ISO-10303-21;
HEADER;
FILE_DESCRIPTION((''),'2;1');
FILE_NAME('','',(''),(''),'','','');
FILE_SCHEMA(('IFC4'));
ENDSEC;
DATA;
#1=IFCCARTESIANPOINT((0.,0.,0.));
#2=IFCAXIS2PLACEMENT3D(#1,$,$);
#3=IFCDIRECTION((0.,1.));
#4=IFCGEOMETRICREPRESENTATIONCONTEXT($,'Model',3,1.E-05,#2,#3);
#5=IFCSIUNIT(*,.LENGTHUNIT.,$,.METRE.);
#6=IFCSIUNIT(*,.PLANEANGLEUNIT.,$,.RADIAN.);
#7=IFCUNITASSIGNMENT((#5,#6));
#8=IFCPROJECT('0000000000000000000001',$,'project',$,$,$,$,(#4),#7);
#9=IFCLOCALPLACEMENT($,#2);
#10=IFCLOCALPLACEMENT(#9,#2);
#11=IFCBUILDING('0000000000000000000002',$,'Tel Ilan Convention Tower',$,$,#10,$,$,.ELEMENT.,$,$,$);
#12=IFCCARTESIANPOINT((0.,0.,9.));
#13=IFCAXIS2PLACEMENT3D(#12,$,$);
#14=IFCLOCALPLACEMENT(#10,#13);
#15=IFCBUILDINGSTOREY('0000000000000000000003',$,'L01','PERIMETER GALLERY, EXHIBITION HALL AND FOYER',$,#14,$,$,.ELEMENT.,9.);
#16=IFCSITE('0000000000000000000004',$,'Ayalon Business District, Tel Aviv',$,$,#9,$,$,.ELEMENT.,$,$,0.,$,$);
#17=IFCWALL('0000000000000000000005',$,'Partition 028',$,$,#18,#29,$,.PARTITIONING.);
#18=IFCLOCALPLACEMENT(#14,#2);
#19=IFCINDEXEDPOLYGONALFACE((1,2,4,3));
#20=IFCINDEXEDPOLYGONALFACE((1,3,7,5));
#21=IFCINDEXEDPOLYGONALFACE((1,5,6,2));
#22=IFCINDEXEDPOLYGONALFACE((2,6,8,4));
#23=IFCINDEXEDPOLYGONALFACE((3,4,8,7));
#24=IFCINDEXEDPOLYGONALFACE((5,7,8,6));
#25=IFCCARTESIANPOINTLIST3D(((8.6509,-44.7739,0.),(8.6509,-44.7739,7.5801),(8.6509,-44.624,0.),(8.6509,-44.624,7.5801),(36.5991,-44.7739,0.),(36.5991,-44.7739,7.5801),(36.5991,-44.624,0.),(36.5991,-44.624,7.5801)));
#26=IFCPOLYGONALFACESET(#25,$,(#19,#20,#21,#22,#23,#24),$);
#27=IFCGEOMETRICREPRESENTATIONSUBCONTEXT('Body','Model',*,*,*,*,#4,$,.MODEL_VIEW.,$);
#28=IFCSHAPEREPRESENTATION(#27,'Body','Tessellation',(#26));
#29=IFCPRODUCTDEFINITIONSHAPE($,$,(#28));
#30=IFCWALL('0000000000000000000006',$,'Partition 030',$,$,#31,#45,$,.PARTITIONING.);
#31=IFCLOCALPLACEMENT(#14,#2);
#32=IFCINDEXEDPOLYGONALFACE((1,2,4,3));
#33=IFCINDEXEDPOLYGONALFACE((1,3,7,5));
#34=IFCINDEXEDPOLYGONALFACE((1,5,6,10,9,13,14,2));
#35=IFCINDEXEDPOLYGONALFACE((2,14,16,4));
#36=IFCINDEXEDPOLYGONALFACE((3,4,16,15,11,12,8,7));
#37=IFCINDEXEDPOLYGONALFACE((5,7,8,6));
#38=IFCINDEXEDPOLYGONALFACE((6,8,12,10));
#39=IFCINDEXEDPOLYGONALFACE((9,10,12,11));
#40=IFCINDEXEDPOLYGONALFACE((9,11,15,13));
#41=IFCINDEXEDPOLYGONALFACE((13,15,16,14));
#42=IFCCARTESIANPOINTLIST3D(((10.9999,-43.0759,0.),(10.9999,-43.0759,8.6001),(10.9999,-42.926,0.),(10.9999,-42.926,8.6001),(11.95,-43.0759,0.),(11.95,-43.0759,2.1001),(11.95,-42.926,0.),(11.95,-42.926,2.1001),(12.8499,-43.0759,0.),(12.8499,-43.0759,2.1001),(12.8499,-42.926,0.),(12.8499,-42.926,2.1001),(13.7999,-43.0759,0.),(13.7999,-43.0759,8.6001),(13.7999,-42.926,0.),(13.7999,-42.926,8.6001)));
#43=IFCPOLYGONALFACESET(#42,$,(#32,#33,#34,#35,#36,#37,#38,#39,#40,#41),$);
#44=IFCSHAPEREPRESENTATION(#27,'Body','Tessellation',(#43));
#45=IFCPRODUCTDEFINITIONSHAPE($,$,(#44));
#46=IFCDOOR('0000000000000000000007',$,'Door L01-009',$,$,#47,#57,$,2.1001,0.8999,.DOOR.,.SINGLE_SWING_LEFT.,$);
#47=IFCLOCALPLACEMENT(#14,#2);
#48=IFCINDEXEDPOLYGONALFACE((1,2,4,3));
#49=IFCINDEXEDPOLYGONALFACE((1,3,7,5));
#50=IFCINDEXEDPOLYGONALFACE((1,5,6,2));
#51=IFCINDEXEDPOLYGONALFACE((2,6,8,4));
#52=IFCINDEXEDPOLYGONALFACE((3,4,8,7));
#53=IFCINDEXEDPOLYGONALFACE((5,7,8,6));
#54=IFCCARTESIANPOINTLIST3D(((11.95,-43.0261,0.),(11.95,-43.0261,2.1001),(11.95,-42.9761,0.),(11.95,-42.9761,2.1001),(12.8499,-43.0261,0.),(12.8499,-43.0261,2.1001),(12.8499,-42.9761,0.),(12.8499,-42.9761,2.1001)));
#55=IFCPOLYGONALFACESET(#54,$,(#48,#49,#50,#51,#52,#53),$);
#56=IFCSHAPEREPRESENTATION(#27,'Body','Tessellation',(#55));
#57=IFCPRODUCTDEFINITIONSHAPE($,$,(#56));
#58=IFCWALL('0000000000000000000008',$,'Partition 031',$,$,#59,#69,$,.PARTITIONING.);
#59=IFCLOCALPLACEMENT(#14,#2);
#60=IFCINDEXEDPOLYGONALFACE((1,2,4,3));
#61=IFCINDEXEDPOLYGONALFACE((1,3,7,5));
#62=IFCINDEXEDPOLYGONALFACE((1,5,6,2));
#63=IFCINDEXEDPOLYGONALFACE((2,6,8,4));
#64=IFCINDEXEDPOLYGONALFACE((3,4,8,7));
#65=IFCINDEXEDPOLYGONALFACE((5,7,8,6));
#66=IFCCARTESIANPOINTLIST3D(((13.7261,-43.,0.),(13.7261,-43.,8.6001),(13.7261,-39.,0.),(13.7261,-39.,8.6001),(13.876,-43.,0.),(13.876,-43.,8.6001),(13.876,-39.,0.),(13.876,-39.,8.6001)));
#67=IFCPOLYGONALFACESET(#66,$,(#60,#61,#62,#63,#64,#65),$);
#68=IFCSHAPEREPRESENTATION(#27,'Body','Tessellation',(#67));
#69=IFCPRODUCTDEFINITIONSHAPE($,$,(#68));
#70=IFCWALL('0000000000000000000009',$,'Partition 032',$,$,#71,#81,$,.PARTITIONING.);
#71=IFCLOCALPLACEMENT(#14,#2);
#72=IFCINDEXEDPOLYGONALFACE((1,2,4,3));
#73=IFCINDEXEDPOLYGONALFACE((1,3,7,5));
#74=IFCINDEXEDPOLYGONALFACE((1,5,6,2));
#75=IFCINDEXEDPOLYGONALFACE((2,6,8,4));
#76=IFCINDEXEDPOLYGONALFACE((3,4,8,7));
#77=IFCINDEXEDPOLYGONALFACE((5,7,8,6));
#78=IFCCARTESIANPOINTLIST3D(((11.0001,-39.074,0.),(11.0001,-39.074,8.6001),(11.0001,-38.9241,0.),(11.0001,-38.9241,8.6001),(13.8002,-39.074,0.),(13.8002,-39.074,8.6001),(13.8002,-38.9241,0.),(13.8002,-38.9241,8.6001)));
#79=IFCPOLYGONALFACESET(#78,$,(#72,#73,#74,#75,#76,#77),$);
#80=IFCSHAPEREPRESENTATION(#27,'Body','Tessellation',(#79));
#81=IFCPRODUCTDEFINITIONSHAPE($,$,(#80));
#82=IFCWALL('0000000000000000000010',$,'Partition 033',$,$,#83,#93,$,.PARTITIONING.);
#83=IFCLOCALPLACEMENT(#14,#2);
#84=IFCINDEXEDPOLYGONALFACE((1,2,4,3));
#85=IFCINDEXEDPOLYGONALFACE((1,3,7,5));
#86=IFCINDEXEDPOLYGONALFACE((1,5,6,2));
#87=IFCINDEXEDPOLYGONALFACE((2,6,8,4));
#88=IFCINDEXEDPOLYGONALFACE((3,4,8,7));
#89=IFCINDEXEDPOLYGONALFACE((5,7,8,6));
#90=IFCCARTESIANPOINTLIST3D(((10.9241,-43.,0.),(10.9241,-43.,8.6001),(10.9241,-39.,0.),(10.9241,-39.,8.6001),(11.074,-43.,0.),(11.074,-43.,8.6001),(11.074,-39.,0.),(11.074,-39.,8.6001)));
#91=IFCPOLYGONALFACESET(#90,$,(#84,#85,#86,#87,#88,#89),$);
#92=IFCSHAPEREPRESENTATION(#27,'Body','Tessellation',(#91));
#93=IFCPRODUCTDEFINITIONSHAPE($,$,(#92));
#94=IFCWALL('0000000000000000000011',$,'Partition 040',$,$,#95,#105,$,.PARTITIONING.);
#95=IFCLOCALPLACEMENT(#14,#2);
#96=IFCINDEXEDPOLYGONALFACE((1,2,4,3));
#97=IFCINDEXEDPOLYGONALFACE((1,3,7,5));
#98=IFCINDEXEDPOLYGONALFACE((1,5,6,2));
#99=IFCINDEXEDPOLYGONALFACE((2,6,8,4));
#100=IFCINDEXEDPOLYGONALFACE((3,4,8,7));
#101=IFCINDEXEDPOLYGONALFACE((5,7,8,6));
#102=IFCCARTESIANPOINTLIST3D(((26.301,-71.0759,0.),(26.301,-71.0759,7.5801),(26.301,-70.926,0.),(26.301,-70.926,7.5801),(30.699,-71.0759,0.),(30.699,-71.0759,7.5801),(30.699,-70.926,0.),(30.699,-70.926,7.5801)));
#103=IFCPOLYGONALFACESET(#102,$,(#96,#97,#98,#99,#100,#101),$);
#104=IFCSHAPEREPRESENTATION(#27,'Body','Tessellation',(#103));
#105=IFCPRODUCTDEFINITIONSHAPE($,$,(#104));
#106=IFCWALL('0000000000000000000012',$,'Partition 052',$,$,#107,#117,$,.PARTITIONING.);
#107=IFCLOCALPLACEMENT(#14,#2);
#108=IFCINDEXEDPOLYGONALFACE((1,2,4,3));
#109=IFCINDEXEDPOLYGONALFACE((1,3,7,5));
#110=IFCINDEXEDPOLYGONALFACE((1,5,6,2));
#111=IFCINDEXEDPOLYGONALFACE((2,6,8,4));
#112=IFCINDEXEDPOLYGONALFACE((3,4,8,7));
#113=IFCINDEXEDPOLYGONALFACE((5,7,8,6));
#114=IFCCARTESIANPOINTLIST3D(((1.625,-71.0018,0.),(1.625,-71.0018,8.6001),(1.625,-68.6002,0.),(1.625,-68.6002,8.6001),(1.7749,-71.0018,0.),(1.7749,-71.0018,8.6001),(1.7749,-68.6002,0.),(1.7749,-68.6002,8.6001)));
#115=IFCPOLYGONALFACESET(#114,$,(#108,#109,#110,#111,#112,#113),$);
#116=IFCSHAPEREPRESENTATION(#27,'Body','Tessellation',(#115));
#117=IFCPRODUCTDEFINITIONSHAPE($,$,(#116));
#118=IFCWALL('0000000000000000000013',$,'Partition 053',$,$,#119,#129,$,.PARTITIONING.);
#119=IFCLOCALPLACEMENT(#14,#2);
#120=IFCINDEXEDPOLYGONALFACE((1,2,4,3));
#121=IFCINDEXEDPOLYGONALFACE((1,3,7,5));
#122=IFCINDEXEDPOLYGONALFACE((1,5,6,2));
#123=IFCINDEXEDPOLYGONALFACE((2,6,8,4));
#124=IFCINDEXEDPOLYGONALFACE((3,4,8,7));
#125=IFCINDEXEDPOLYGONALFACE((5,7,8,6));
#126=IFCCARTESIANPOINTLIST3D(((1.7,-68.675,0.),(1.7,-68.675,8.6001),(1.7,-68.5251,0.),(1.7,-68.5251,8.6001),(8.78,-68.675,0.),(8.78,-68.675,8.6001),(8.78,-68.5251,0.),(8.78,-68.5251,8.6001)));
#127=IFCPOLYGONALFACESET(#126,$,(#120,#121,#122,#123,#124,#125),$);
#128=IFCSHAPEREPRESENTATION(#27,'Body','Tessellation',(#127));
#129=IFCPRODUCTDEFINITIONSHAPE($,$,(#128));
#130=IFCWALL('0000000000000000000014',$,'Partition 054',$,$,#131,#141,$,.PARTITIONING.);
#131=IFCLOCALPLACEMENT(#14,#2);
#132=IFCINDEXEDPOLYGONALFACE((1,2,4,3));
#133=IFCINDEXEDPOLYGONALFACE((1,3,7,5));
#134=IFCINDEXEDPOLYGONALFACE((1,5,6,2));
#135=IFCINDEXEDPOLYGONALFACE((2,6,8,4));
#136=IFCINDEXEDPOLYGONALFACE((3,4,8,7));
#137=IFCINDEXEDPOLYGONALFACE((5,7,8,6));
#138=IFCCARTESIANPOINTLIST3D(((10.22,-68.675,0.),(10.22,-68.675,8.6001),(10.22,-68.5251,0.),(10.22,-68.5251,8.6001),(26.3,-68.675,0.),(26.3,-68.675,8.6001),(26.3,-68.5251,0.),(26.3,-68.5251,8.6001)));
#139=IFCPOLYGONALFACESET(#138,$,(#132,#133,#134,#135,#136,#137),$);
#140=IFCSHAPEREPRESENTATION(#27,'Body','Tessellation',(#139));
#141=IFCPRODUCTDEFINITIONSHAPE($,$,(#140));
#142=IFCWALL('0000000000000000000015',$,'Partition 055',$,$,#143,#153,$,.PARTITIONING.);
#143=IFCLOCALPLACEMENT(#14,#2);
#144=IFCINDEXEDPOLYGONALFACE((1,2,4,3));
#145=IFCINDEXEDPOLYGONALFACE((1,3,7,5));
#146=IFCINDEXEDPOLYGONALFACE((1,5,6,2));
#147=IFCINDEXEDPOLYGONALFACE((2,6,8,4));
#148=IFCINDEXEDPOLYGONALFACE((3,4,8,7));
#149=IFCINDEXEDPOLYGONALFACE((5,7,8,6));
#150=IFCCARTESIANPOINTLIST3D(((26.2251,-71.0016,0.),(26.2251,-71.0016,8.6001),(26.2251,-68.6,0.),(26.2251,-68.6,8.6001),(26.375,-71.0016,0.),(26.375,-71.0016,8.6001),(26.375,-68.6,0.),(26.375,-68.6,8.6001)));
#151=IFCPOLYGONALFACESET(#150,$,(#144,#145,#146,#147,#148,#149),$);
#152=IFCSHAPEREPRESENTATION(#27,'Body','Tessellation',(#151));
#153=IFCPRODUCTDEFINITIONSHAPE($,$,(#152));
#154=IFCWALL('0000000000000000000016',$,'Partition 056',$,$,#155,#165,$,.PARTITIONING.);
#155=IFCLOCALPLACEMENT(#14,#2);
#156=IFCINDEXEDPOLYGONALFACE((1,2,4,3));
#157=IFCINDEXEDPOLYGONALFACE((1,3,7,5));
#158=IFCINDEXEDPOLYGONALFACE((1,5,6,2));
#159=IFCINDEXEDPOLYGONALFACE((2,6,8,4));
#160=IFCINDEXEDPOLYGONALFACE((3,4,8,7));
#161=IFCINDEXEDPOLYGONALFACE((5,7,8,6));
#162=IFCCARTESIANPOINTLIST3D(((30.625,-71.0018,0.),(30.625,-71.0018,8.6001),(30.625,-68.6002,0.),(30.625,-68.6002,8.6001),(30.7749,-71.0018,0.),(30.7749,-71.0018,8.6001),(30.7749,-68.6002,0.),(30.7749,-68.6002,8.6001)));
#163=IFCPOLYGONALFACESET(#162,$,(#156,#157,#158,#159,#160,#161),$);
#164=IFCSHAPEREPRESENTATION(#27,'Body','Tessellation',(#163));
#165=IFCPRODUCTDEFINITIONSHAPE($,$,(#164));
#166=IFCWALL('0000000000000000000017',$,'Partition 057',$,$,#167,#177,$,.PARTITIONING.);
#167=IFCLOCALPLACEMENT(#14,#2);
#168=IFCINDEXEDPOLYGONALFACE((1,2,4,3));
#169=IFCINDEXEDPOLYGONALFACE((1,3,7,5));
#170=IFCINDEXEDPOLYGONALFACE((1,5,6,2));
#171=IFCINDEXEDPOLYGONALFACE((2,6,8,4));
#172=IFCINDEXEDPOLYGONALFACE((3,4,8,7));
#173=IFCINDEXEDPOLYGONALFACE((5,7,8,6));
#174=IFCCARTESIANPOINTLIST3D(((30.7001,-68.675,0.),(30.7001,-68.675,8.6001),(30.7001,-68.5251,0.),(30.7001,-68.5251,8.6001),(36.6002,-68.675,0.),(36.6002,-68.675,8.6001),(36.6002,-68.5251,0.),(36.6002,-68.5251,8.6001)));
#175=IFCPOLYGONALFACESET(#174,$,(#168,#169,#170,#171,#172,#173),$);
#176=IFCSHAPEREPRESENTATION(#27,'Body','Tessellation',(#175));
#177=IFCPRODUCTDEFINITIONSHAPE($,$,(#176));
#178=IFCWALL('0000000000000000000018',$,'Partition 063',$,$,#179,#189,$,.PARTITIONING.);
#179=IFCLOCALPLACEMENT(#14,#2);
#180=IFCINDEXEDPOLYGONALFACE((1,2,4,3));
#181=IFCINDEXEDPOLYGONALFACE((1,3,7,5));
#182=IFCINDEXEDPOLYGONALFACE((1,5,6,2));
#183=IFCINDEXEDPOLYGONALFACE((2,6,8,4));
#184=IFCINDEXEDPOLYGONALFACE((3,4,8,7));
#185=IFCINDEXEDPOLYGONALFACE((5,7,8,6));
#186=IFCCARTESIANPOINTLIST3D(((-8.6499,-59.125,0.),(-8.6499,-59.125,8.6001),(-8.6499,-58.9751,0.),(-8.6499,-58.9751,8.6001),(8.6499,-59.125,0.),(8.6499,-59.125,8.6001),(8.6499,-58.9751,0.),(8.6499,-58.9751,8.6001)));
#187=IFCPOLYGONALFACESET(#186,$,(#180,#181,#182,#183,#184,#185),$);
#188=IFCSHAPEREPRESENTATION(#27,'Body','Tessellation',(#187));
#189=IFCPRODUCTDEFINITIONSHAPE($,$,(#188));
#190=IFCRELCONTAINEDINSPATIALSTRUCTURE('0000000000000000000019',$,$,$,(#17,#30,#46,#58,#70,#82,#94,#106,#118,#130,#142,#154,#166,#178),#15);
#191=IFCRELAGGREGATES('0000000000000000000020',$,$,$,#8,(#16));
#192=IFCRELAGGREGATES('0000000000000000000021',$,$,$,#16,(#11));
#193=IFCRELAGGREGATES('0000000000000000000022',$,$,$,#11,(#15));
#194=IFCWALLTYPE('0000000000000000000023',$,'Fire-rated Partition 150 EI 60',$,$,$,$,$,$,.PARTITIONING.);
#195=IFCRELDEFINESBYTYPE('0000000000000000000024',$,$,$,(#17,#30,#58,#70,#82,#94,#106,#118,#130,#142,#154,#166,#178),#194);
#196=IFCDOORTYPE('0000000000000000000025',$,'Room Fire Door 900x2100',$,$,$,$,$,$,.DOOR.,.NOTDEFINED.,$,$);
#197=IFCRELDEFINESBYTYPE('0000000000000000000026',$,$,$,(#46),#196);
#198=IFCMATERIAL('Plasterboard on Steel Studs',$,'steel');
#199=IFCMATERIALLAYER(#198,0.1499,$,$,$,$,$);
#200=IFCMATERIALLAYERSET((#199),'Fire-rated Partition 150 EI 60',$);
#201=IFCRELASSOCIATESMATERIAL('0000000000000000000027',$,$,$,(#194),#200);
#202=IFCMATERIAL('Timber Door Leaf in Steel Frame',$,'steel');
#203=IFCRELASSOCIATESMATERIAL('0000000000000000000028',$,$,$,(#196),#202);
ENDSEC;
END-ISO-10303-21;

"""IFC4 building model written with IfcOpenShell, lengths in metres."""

from ifc_helpers import new_model, si_unit, direction, frame, frame_2d, origin, place, context, subcontext, project, spatial, rectangle, extrude, material, layer, layer_set, type_object, element, fill, save


model = new_model("IFC4")

# Units and contexts
model_context = context("Model", 3, precision=1e-05, world=origin(), true_north=direction((0.0, 1.0)))
body_context = subcontext(model_context, "Body", "Model", "MODEL_VIEW")
ifc_project = project(units=[si_unit("LENGTHUNIT", "METRE"), si_unit("PLANEANGLEUNIT", "RADIAN")], contexts=[model_context])

# Site, building, storey
site_placement = place(None, origin())
site = spatial("IfcSite", under=ifc_project, at=site_placement, Name="Ayalon Business District, Tel Aviv", CompositionType="ELEMENT", RefElevation=0.0)
building_placement = place(site_placement, origin())
building = spatial("IfcBuilding", under=site, at=building_placement, Name="Tel Ilan Convention Tower", CompositionType="ELEMENT")
storey_placement = place(building_placement, frame((0.0, 0.0, 9.0)))
storey = spatial("IfcBuildingStorey", under=building, at=storey_placement, Name="L01", Description="PERIMETER GALLERY, EXHIBITION HALL AND FOYER", CompositionType="ELEMENT", Elevation=9.0)

# Wall
ifc_material_1 = material(Name="Plasterboard on Steel Studs", Category="steel")
ifc_layer_1 = layer(ifc_material_1, 0.1499)
ifc_layer_set_1 = layer_set([ifc_layer_1], Name="Fire-rated Partition 150 EI 60")
wall_type_1 = type_object("IfcWallType", Name="Fire-rated Partition 150 EI 60", PredefinedType="PARTITIONING", material=ifc_layer_set_1)
wall_1_placement = place(storey_placement, frame((36.5991, -44.699, 0.0), z_axis=(0.0, 0.0, 1.0), x_axis=(-1.0, 0.0, 0.0)))
element("IfcWall", 1, at=wall_1_placement, inside=storey, type_object=wall_type_1, Name="Partition 028", PredefinedType="PARTITIONING", context=body_context, shape_type="SweptSolid", body=[
    extrude(rectangle(XDim=27.9482, YDim=0.1499, at=frame_2d((13.9741, 0.0))), origin(), (0.0, 0.0, 1.0), 7.5801),
])

# Wall, opening, door
wall_2_placement = place(storey_placement, frame((11.0, -43.001, 0.0), z_axis=(0.0, 0.0, 1.0), x_axis=(1.0, 0.0, 0.0)))
wall_2 = element("IfcWall", 2, at=wall_2_placement, inside=storey, type_object=wall_type_1, Name="Partition 030", PredefinedType="PARTITIONING", context=body_context, shape_type="SweptSolid", body=[
    extrude(rectangle(XDim=2.8, YDim=0.1499, at=frame_2d((1.3999, 0.0))), origin(), (0.0, 0.0, 1.0), 8.6001),
])
opening_1_placement = place(wall_2_placement, frame((0.95, 0.0, 0.0)))
opening_1 = element("IfcOpeningElement", 3, at=opening_1_placement, cuts=wall_2, PredefinedType="OPENING", context=body_context, shape_type="SweptSolid", body=[
    extrude(rectangle(XDim=0.8999, YDim=2.1001, at=frame_2d((0.45, 1.05))), frame((0.0, 0.085, 0.0), z_axis=(0.0, -1.0, 0.0), x_axis=(1.0, 0.0, 0.0)), (0.0, 0.0, 1.0), 0.1699),
])
ifc_material_2 = material(Name="Timber Door Leaf in Steel Frame", Category="steel")
door_type_1 = type_object("IfcDoorType", Name="Room Fire Door 900x2100", OperationType="NOTDEFINED", PredefinedType="DOOR", material=ifc_material_2)
door_1_placement = place(opening_1_placement, origin())
door_1 = element("IfcDoor", 4, at=door_1_placement, inside=storey, type_object=door_type_1, Name="Door L01-009", OperationType="SINGLE_SWING_LEFT", OverallHeight=2.1001, OverallWidth=0.8999, PredefinedType="DOOR", context=body_context, shape_type="SweptSolid", body=[
    extrude(rectangle(XDim=0.8999, YDim=2.1001, at=frame_2d((0.45, 1.05))), frame((0.0, 0.0249, 0.0), z_axis=(0.0, -1.0, 0.0), x_axis=(1.0, 0.0, 0.0)), (0.0, 0.0, 1.0), 0.05),
])
fill(opening_1, door_1)

# Walls
wall_3_placement = place(storey_placement, frame((13.801, -43.0, 0.0), z_axis=(0.0, 0.0, 1.0), x_axis=(0.0, 1.0, 0.0)))
element("IfcWall", 5, at=wall_3_placement, inside=storey, type_object=wall_type_1, Name="Partition 031", PredefinedType="PARTITIONING", context=body_context, shape_type="SweptSolid", body=[
    extrude(rectangle(XDim=4.0, YDim=0.1499, at=frame_2d((2.0, 0.0))), origin(), (0.0, 0.0, 1.0), 8.6001),
])
wall_4_placement = place(storey_placement, frame((13.8, -38.999, 0.0), z_axis=(0.0, 0.0, 1.0), x_axis=(-1.0, 0.0, 0.0)))
element("IfcWall", 6, at=wall_4_placement, inside=storey, type_object=wall_type_1, Name="Partition 032", PredefinedType="PARTITIONING", context=body_context, shape_type="SweptSolid", body=[
    extrude(rectangle(XDim=2.8, YDim=0.1499, at=frame_2d((1.3999, 0.0))), origin(), (0.0, 0.0, 1.0), 8.6001),
])
wall_5_placement = place(storey_placement, frame((10.999, -39.0, 0.0), z_axis=(0.0, 0.0, 1.0), x_axis=(0.0, -1.0, 0.0)))
element("IfcWall", 7, at=wall_5_placement, inside=storey, type_object=wall_type_1, Name="Partition 033", PredefinedType="PARTITIONING", context=body_context, shape_type="SweptSolid", body=[
    extrude(rectangle(XDim=4.0, YDim=0.1499, at=frame_2d((2.0, 0.0))), origin(), (0.0, 0.0, 1.0), 8.6001),
])
wall_6_placement = place(storey_placement, frame((26.301, -71.001, 0.0), z_axis=(0.0, 0.0, 1.0), x_axis=(1.0, 0.0, 0.0)))
element("IfcWall", 8, at=wall_6_placement, inside=storey, type_object=wall_type_1, Name="Partition 040", PredefinedType="PARTITIONING", context=body_context, shape_type="SweptSolid", body=[
    extrude(rectangle(XDim=4.3979, YDim=0.1499, at=frame_2d((2.199, 0.0))), origin(), (0.0, 0.0, 1.0), 7.5801),
])
wall_7_placement = place(storey_placement, frame((1.7, -71.0017, 0.0), z_axis=(0.0, 0.0, 1.0), x_axis=(0.0, 1.0, 0.0)))
element("IfcWall", 9, at=wall_7_placement, inside=storey, type_object=wall_type_1, Name="Partition 052", PredefinedType="PARTITIONING", context=body_context, shape_type="SweptSolid", body=[
    extrude(rectangle(XDim=2.4016, YDim=0.1499, at=frame_2d((1.2007, 0.0))), origin(), (0.0, 0.0, 1.0), 8.6001),
])
wall_8_placement = place(storey_placement, frame((1.7, -68.6001, 0.0), z_axis=(0.0, 0.0, 1.0), x_axis=(1.0, 0.0, 0.0)))
element("IfcWall", 10, at=wall_8_placement, inside=storey, type_object=wall_type_1, Name="Partition 053", PredefinedType="PARTITIONING", context=body_context, shape_type="SweptSolid", body=[
    extrude(rectangle(XDim=7.0801, YDim=0.1499, at=frame_2d((3.54, 0.0))), origin(), (0.0, 0.0, 1.0), 8.6001),
])
wall_9_placement = place(storey_placement, frame((10.22, -68.6001, 0.0), z_axis=(0.0, 0.0, 1.0), x_axis=(1.0, 0.0, 0.0)))
element("IfcWall", 11, at=wall_9_placement, inside=storey, type_object=wall_type_1, Name="Partition 054", PredefinedType="PARTITIONING", context=body_context, shape_type="SweptSolid", body=[
    extrude(rectangle(XDim=16.0801, YDim=0.1499, at=frame_2d((8.04, 0.0))), origin(), (0.0, 0.0, 1.0), 8.6001),
])
for number, where, z_axis, x_axis, name in (
    (12, (26.3, -68.6001, 0.0), (0.0, 0.0, 1.0), (0.0, -1.0, 0.0), "Partition 055"),
    (13, (30.7, -71.0017, 0.0), (0.0, 0.0, 1.0), (0.0, 1.0, 0.0), "Partition 056"),
):
    element("IfcWall", number, at=place(storey_placement, frame(where, z_axis=z_axis, x_axis=x_axis)), inside=storey, type_object=wall_type_1, Name=name, PredefinedType="PARTITIONING", context=body_context, shape_type="SweptSolid", body=[
        extrude(rectangle(XDim=2.4016, YDim=0.1499, at=frame_2d((1.2007, 0.0))), origin(), (0.0, 0.0, 1.0), 8.6001),
    ])
wall_10_placement = place(storey_placement, frame((30.7, -68.6001, 0.0), z_axis=(0.0, 0.0, 1.0), x_axis=(1.0, 0.0, 0.0)))
element("IfcWall", 14, at=wall_10_placement, inside=storey, type_object=wall_type_1, Name="Partition 057", PredefinedType="PARTITIONING", context=body_context, shape_type="SweptSolid", body=[
    extrude(rectangle(XDim=5.9001, YDim=0.1499, at=frame_2d((2.9502, 0.0))), origin(), (0.0, 0.0, 1.0), 8.6001),
])
wall_11_placement = place(storey_placement, frame((8.6499, -59.05, 0.0), z_axis=(0.0, 0.0, 1.0), x_axis=(-1.0, 0.0, 0.0)))
element("IfcWall", 15, at=wall_11_placement, inside=storey, type_object=wall_type_1, Name="Partition 063", PredefinedType="PARTITIONING", context=body_context, shape_type="SweptSolid", body=[
    extrude(rectangle(XDim=17.2998, YDim=0.1499, at=frame_2d((8.6499, 0.0))), origin(), (0.0, 0.0, 1.0), 8.6001),
])

save(model, "model.ifc")
